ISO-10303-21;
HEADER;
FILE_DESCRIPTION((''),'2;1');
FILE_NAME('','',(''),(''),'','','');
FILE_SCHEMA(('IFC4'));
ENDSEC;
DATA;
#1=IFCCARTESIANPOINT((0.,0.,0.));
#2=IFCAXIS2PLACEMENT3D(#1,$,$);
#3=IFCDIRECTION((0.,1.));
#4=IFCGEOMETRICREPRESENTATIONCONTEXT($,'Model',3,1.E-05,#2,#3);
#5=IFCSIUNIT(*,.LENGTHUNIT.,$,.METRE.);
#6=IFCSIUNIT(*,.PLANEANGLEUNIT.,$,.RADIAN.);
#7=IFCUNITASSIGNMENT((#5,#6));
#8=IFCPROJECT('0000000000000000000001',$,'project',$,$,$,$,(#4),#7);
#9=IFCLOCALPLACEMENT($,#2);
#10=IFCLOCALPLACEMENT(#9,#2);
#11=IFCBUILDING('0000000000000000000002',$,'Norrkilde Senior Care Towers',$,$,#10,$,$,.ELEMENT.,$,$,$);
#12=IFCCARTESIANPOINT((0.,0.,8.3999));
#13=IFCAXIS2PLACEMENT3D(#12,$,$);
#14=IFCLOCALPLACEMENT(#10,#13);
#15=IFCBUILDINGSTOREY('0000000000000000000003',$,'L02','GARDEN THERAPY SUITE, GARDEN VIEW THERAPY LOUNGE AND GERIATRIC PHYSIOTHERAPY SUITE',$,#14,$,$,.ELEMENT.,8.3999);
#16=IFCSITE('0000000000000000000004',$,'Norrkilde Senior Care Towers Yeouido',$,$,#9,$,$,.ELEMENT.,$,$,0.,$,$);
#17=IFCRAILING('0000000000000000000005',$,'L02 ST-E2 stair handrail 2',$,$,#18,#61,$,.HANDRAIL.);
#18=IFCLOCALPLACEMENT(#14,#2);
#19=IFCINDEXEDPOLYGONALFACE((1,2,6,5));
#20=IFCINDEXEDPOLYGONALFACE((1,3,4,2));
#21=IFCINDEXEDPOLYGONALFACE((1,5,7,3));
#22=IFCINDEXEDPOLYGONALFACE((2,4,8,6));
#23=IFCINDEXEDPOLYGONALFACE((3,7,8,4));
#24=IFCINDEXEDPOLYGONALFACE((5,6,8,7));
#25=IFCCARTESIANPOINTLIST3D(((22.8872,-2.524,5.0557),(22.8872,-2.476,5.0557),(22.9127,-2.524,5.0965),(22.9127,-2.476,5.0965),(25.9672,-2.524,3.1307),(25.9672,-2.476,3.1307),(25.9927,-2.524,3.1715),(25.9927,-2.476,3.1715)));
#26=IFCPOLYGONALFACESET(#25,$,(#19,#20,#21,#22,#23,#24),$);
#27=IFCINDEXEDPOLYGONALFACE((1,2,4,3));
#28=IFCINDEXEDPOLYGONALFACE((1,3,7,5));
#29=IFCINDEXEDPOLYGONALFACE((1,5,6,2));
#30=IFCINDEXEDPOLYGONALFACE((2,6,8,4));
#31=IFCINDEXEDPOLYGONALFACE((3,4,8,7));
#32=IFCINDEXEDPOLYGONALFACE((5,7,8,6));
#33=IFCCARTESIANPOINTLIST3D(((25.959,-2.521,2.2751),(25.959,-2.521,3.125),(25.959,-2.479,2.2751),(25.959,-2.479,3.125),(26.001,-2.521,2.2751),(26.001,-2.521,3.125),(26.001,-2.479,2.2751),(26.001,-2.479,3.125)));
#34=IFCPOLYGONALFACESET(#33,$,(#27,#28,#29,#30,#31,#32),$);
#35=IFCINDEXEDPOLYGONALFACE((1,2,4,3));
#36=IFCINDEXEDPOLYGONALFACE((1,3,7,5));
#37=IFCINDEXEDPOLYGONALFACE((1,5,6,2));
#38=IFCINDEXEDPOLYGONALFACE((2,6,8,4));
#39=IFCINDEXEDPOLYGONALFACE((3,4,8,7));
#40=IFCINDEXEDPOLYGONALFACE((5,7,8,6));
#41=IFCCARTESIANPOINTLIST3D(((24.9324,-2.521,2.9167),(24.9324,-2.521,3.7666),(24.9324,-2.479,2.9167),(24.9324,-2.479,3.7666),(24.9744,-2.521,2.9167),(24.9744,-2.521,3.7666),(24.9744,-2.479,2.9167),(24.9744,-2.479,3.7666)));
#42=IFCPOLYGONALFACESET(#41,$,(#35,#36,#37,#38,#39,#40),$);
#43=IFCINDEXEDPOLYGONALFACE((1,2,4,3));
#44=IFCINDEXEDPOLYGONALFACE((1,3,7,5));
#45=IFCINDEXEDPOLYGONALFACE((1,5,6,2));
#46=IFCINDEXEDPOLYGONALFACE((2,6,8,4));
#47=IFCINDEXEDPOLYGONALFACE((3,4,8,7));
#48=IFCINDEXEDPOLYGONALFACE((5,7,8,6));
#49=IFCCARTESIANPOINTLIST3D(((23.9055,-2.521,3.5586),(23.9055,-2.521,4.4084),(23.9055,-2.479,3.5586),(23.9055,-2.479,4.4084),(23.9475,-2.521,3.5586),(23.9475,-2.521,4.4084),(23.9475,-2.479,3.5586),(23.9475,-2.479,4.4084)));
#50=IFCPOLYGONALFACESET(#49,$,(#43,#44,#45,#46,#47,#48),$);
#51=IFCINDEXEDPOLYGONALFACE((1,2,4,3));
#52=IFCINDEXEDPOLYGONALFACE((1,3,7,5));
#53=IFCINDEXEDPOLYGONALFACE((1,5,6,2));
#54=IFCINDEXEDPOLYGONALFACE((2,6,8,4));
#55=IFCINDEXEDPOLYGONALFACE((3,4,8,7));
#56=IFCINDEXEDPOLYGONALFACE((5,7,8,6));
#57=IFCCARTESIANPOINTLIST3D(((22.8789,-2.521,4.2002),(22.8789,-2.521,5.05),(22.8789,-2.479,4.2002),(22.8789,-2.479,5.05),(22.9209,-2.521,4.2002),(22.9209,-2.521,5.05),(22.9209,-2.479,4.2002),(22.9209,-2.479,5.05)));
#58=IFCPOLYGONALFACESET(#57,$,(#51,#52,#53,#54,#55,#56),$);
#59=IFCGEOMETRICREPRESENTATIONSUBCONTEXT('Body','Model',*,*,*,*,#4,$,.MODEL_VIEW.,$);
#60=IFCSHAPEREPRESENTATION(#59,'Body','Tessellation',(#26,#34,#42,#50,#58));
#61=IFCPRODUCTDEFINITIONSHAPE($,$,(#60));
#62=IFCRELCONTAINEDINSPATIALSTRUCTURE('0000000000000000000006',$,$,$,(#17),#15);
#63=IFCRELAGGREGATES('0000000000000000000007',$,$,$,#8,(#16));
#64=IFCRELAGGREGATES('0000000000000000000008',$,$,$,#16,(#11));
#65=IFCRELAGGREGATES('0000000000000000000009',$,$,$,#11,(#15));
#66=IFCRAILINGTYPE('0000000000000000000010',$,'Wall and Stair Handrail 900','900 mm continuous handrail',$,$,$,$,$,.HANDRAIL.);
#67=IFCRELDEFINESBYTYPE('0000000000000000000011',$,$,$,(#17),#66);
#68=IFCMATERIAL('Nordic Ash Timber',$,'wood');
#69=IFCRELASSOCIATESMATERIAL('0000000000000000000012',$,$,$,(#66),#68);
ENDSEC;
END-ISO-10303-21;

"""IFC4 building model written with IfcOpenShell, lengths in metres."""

from ifc_helpers import new_model, si_unit, direction, frame, origin, origin_2d, place, context, subcontext, project, spatial, rectangle, extrude, material, type_object, element, save


model = new_model("IFC4")

# Units and contexts
model_context = context("Model", 3, precision=1e-05, world=origin(), true_north=direction((0.0, 1.0)))
body_context = subcontext(model_context, "Body", "Model", "MODEL_VIEW")
ifc_project = project(units=[si_unit("LENGTHUNIT", "METRE"), si_unit("PLANEANGLEUNIT", "RADIAN")], contexts=[model_context])

# Site, building, storey
site_placement = place(None, origin())
site = spatial("IfcSite", under=ifc_project, at=site_placement, Name="Norrkilde Senior Care Towers Yeouido", CompositionType="ELEMENT", RefElevation=0.0)
building_placement = place(site_placement, origin())
building = spatial("IfcBuilding", under=site, at=building_placement, Name="Norrkilde Senior Care Towers", CompositionType="ELEMENT")
storey_placement = place(building_placement, frame((0.0, 0.0, 8.3999)))
storey = spatial("IfcBuildingStorey", under=building, at=storey_placement, Name="L02", Description="GARDEN THERAPY SUITE, GARDEN VIEW THERAPY LOUNGE AND GERIATRIC PHYSIOTHERAPY SUITE", CompositionType="ELEMENT", Elevation=8.3999)

# Railing
ifc_material_1 = material(Name="Nordic Ash Timber", Category="wood")
railing_type_1 = type_object("IfcRailingType", Name="Wall and Stair Handrail 900", Description="900 mm continuous handrail", PredefinedType="HANDRAIL", material=ifc_material_1)
railing_1_placement = place(storey_placement, frame((25.98, -2.5, 2.2751)))
element("IfcRailing", 1, at=railing_1_placement, inside=storey, type_object=railing_type_1, Name="L02 ST-E2 stair handrail 2", PredefinedType="HANDRAIL", context=body_context, shape_type="SweptSolid", body=[
    extrude(rectangle(XDim=0.0481, YDim=0.0481, at=origin_2d()), frame((0.0, 0.0, 0.876), z_axis=(-0.847998, 0.0, 0.529999), x_axis=(0.0, -1.0, 0.0)), (0.0, 0.0, 1.0), 3.6321),
    extrude(rectangle(XDim=0.042, YDim=0.042, at=origin_2d()), origin(), (0.0, 0.0, 1.0), 0.8499),
    extrude(rectangle(XDim=0.042, YDim=0.042, at=origin_2d()), frame((-1.0266, 0.0, 0.6416)), (0.0, 0.0, 1.0), 0.8499),
    extrude(rectangle(XDim=0.042, YDim=0.042, at=origin_2d()), frame((-2.0535, 0.0, 1.2834)), (0.0, 0.0, 1.0), 0.8499),
    extrude(rectangle(XDim=0.042, YDim=0.042, at=origin_2d()), frame((-3.0801, 0.0, 1.925)), (0.0, 0.0, 1.0), 0.8499),
])

save(model, "model.ifc")
